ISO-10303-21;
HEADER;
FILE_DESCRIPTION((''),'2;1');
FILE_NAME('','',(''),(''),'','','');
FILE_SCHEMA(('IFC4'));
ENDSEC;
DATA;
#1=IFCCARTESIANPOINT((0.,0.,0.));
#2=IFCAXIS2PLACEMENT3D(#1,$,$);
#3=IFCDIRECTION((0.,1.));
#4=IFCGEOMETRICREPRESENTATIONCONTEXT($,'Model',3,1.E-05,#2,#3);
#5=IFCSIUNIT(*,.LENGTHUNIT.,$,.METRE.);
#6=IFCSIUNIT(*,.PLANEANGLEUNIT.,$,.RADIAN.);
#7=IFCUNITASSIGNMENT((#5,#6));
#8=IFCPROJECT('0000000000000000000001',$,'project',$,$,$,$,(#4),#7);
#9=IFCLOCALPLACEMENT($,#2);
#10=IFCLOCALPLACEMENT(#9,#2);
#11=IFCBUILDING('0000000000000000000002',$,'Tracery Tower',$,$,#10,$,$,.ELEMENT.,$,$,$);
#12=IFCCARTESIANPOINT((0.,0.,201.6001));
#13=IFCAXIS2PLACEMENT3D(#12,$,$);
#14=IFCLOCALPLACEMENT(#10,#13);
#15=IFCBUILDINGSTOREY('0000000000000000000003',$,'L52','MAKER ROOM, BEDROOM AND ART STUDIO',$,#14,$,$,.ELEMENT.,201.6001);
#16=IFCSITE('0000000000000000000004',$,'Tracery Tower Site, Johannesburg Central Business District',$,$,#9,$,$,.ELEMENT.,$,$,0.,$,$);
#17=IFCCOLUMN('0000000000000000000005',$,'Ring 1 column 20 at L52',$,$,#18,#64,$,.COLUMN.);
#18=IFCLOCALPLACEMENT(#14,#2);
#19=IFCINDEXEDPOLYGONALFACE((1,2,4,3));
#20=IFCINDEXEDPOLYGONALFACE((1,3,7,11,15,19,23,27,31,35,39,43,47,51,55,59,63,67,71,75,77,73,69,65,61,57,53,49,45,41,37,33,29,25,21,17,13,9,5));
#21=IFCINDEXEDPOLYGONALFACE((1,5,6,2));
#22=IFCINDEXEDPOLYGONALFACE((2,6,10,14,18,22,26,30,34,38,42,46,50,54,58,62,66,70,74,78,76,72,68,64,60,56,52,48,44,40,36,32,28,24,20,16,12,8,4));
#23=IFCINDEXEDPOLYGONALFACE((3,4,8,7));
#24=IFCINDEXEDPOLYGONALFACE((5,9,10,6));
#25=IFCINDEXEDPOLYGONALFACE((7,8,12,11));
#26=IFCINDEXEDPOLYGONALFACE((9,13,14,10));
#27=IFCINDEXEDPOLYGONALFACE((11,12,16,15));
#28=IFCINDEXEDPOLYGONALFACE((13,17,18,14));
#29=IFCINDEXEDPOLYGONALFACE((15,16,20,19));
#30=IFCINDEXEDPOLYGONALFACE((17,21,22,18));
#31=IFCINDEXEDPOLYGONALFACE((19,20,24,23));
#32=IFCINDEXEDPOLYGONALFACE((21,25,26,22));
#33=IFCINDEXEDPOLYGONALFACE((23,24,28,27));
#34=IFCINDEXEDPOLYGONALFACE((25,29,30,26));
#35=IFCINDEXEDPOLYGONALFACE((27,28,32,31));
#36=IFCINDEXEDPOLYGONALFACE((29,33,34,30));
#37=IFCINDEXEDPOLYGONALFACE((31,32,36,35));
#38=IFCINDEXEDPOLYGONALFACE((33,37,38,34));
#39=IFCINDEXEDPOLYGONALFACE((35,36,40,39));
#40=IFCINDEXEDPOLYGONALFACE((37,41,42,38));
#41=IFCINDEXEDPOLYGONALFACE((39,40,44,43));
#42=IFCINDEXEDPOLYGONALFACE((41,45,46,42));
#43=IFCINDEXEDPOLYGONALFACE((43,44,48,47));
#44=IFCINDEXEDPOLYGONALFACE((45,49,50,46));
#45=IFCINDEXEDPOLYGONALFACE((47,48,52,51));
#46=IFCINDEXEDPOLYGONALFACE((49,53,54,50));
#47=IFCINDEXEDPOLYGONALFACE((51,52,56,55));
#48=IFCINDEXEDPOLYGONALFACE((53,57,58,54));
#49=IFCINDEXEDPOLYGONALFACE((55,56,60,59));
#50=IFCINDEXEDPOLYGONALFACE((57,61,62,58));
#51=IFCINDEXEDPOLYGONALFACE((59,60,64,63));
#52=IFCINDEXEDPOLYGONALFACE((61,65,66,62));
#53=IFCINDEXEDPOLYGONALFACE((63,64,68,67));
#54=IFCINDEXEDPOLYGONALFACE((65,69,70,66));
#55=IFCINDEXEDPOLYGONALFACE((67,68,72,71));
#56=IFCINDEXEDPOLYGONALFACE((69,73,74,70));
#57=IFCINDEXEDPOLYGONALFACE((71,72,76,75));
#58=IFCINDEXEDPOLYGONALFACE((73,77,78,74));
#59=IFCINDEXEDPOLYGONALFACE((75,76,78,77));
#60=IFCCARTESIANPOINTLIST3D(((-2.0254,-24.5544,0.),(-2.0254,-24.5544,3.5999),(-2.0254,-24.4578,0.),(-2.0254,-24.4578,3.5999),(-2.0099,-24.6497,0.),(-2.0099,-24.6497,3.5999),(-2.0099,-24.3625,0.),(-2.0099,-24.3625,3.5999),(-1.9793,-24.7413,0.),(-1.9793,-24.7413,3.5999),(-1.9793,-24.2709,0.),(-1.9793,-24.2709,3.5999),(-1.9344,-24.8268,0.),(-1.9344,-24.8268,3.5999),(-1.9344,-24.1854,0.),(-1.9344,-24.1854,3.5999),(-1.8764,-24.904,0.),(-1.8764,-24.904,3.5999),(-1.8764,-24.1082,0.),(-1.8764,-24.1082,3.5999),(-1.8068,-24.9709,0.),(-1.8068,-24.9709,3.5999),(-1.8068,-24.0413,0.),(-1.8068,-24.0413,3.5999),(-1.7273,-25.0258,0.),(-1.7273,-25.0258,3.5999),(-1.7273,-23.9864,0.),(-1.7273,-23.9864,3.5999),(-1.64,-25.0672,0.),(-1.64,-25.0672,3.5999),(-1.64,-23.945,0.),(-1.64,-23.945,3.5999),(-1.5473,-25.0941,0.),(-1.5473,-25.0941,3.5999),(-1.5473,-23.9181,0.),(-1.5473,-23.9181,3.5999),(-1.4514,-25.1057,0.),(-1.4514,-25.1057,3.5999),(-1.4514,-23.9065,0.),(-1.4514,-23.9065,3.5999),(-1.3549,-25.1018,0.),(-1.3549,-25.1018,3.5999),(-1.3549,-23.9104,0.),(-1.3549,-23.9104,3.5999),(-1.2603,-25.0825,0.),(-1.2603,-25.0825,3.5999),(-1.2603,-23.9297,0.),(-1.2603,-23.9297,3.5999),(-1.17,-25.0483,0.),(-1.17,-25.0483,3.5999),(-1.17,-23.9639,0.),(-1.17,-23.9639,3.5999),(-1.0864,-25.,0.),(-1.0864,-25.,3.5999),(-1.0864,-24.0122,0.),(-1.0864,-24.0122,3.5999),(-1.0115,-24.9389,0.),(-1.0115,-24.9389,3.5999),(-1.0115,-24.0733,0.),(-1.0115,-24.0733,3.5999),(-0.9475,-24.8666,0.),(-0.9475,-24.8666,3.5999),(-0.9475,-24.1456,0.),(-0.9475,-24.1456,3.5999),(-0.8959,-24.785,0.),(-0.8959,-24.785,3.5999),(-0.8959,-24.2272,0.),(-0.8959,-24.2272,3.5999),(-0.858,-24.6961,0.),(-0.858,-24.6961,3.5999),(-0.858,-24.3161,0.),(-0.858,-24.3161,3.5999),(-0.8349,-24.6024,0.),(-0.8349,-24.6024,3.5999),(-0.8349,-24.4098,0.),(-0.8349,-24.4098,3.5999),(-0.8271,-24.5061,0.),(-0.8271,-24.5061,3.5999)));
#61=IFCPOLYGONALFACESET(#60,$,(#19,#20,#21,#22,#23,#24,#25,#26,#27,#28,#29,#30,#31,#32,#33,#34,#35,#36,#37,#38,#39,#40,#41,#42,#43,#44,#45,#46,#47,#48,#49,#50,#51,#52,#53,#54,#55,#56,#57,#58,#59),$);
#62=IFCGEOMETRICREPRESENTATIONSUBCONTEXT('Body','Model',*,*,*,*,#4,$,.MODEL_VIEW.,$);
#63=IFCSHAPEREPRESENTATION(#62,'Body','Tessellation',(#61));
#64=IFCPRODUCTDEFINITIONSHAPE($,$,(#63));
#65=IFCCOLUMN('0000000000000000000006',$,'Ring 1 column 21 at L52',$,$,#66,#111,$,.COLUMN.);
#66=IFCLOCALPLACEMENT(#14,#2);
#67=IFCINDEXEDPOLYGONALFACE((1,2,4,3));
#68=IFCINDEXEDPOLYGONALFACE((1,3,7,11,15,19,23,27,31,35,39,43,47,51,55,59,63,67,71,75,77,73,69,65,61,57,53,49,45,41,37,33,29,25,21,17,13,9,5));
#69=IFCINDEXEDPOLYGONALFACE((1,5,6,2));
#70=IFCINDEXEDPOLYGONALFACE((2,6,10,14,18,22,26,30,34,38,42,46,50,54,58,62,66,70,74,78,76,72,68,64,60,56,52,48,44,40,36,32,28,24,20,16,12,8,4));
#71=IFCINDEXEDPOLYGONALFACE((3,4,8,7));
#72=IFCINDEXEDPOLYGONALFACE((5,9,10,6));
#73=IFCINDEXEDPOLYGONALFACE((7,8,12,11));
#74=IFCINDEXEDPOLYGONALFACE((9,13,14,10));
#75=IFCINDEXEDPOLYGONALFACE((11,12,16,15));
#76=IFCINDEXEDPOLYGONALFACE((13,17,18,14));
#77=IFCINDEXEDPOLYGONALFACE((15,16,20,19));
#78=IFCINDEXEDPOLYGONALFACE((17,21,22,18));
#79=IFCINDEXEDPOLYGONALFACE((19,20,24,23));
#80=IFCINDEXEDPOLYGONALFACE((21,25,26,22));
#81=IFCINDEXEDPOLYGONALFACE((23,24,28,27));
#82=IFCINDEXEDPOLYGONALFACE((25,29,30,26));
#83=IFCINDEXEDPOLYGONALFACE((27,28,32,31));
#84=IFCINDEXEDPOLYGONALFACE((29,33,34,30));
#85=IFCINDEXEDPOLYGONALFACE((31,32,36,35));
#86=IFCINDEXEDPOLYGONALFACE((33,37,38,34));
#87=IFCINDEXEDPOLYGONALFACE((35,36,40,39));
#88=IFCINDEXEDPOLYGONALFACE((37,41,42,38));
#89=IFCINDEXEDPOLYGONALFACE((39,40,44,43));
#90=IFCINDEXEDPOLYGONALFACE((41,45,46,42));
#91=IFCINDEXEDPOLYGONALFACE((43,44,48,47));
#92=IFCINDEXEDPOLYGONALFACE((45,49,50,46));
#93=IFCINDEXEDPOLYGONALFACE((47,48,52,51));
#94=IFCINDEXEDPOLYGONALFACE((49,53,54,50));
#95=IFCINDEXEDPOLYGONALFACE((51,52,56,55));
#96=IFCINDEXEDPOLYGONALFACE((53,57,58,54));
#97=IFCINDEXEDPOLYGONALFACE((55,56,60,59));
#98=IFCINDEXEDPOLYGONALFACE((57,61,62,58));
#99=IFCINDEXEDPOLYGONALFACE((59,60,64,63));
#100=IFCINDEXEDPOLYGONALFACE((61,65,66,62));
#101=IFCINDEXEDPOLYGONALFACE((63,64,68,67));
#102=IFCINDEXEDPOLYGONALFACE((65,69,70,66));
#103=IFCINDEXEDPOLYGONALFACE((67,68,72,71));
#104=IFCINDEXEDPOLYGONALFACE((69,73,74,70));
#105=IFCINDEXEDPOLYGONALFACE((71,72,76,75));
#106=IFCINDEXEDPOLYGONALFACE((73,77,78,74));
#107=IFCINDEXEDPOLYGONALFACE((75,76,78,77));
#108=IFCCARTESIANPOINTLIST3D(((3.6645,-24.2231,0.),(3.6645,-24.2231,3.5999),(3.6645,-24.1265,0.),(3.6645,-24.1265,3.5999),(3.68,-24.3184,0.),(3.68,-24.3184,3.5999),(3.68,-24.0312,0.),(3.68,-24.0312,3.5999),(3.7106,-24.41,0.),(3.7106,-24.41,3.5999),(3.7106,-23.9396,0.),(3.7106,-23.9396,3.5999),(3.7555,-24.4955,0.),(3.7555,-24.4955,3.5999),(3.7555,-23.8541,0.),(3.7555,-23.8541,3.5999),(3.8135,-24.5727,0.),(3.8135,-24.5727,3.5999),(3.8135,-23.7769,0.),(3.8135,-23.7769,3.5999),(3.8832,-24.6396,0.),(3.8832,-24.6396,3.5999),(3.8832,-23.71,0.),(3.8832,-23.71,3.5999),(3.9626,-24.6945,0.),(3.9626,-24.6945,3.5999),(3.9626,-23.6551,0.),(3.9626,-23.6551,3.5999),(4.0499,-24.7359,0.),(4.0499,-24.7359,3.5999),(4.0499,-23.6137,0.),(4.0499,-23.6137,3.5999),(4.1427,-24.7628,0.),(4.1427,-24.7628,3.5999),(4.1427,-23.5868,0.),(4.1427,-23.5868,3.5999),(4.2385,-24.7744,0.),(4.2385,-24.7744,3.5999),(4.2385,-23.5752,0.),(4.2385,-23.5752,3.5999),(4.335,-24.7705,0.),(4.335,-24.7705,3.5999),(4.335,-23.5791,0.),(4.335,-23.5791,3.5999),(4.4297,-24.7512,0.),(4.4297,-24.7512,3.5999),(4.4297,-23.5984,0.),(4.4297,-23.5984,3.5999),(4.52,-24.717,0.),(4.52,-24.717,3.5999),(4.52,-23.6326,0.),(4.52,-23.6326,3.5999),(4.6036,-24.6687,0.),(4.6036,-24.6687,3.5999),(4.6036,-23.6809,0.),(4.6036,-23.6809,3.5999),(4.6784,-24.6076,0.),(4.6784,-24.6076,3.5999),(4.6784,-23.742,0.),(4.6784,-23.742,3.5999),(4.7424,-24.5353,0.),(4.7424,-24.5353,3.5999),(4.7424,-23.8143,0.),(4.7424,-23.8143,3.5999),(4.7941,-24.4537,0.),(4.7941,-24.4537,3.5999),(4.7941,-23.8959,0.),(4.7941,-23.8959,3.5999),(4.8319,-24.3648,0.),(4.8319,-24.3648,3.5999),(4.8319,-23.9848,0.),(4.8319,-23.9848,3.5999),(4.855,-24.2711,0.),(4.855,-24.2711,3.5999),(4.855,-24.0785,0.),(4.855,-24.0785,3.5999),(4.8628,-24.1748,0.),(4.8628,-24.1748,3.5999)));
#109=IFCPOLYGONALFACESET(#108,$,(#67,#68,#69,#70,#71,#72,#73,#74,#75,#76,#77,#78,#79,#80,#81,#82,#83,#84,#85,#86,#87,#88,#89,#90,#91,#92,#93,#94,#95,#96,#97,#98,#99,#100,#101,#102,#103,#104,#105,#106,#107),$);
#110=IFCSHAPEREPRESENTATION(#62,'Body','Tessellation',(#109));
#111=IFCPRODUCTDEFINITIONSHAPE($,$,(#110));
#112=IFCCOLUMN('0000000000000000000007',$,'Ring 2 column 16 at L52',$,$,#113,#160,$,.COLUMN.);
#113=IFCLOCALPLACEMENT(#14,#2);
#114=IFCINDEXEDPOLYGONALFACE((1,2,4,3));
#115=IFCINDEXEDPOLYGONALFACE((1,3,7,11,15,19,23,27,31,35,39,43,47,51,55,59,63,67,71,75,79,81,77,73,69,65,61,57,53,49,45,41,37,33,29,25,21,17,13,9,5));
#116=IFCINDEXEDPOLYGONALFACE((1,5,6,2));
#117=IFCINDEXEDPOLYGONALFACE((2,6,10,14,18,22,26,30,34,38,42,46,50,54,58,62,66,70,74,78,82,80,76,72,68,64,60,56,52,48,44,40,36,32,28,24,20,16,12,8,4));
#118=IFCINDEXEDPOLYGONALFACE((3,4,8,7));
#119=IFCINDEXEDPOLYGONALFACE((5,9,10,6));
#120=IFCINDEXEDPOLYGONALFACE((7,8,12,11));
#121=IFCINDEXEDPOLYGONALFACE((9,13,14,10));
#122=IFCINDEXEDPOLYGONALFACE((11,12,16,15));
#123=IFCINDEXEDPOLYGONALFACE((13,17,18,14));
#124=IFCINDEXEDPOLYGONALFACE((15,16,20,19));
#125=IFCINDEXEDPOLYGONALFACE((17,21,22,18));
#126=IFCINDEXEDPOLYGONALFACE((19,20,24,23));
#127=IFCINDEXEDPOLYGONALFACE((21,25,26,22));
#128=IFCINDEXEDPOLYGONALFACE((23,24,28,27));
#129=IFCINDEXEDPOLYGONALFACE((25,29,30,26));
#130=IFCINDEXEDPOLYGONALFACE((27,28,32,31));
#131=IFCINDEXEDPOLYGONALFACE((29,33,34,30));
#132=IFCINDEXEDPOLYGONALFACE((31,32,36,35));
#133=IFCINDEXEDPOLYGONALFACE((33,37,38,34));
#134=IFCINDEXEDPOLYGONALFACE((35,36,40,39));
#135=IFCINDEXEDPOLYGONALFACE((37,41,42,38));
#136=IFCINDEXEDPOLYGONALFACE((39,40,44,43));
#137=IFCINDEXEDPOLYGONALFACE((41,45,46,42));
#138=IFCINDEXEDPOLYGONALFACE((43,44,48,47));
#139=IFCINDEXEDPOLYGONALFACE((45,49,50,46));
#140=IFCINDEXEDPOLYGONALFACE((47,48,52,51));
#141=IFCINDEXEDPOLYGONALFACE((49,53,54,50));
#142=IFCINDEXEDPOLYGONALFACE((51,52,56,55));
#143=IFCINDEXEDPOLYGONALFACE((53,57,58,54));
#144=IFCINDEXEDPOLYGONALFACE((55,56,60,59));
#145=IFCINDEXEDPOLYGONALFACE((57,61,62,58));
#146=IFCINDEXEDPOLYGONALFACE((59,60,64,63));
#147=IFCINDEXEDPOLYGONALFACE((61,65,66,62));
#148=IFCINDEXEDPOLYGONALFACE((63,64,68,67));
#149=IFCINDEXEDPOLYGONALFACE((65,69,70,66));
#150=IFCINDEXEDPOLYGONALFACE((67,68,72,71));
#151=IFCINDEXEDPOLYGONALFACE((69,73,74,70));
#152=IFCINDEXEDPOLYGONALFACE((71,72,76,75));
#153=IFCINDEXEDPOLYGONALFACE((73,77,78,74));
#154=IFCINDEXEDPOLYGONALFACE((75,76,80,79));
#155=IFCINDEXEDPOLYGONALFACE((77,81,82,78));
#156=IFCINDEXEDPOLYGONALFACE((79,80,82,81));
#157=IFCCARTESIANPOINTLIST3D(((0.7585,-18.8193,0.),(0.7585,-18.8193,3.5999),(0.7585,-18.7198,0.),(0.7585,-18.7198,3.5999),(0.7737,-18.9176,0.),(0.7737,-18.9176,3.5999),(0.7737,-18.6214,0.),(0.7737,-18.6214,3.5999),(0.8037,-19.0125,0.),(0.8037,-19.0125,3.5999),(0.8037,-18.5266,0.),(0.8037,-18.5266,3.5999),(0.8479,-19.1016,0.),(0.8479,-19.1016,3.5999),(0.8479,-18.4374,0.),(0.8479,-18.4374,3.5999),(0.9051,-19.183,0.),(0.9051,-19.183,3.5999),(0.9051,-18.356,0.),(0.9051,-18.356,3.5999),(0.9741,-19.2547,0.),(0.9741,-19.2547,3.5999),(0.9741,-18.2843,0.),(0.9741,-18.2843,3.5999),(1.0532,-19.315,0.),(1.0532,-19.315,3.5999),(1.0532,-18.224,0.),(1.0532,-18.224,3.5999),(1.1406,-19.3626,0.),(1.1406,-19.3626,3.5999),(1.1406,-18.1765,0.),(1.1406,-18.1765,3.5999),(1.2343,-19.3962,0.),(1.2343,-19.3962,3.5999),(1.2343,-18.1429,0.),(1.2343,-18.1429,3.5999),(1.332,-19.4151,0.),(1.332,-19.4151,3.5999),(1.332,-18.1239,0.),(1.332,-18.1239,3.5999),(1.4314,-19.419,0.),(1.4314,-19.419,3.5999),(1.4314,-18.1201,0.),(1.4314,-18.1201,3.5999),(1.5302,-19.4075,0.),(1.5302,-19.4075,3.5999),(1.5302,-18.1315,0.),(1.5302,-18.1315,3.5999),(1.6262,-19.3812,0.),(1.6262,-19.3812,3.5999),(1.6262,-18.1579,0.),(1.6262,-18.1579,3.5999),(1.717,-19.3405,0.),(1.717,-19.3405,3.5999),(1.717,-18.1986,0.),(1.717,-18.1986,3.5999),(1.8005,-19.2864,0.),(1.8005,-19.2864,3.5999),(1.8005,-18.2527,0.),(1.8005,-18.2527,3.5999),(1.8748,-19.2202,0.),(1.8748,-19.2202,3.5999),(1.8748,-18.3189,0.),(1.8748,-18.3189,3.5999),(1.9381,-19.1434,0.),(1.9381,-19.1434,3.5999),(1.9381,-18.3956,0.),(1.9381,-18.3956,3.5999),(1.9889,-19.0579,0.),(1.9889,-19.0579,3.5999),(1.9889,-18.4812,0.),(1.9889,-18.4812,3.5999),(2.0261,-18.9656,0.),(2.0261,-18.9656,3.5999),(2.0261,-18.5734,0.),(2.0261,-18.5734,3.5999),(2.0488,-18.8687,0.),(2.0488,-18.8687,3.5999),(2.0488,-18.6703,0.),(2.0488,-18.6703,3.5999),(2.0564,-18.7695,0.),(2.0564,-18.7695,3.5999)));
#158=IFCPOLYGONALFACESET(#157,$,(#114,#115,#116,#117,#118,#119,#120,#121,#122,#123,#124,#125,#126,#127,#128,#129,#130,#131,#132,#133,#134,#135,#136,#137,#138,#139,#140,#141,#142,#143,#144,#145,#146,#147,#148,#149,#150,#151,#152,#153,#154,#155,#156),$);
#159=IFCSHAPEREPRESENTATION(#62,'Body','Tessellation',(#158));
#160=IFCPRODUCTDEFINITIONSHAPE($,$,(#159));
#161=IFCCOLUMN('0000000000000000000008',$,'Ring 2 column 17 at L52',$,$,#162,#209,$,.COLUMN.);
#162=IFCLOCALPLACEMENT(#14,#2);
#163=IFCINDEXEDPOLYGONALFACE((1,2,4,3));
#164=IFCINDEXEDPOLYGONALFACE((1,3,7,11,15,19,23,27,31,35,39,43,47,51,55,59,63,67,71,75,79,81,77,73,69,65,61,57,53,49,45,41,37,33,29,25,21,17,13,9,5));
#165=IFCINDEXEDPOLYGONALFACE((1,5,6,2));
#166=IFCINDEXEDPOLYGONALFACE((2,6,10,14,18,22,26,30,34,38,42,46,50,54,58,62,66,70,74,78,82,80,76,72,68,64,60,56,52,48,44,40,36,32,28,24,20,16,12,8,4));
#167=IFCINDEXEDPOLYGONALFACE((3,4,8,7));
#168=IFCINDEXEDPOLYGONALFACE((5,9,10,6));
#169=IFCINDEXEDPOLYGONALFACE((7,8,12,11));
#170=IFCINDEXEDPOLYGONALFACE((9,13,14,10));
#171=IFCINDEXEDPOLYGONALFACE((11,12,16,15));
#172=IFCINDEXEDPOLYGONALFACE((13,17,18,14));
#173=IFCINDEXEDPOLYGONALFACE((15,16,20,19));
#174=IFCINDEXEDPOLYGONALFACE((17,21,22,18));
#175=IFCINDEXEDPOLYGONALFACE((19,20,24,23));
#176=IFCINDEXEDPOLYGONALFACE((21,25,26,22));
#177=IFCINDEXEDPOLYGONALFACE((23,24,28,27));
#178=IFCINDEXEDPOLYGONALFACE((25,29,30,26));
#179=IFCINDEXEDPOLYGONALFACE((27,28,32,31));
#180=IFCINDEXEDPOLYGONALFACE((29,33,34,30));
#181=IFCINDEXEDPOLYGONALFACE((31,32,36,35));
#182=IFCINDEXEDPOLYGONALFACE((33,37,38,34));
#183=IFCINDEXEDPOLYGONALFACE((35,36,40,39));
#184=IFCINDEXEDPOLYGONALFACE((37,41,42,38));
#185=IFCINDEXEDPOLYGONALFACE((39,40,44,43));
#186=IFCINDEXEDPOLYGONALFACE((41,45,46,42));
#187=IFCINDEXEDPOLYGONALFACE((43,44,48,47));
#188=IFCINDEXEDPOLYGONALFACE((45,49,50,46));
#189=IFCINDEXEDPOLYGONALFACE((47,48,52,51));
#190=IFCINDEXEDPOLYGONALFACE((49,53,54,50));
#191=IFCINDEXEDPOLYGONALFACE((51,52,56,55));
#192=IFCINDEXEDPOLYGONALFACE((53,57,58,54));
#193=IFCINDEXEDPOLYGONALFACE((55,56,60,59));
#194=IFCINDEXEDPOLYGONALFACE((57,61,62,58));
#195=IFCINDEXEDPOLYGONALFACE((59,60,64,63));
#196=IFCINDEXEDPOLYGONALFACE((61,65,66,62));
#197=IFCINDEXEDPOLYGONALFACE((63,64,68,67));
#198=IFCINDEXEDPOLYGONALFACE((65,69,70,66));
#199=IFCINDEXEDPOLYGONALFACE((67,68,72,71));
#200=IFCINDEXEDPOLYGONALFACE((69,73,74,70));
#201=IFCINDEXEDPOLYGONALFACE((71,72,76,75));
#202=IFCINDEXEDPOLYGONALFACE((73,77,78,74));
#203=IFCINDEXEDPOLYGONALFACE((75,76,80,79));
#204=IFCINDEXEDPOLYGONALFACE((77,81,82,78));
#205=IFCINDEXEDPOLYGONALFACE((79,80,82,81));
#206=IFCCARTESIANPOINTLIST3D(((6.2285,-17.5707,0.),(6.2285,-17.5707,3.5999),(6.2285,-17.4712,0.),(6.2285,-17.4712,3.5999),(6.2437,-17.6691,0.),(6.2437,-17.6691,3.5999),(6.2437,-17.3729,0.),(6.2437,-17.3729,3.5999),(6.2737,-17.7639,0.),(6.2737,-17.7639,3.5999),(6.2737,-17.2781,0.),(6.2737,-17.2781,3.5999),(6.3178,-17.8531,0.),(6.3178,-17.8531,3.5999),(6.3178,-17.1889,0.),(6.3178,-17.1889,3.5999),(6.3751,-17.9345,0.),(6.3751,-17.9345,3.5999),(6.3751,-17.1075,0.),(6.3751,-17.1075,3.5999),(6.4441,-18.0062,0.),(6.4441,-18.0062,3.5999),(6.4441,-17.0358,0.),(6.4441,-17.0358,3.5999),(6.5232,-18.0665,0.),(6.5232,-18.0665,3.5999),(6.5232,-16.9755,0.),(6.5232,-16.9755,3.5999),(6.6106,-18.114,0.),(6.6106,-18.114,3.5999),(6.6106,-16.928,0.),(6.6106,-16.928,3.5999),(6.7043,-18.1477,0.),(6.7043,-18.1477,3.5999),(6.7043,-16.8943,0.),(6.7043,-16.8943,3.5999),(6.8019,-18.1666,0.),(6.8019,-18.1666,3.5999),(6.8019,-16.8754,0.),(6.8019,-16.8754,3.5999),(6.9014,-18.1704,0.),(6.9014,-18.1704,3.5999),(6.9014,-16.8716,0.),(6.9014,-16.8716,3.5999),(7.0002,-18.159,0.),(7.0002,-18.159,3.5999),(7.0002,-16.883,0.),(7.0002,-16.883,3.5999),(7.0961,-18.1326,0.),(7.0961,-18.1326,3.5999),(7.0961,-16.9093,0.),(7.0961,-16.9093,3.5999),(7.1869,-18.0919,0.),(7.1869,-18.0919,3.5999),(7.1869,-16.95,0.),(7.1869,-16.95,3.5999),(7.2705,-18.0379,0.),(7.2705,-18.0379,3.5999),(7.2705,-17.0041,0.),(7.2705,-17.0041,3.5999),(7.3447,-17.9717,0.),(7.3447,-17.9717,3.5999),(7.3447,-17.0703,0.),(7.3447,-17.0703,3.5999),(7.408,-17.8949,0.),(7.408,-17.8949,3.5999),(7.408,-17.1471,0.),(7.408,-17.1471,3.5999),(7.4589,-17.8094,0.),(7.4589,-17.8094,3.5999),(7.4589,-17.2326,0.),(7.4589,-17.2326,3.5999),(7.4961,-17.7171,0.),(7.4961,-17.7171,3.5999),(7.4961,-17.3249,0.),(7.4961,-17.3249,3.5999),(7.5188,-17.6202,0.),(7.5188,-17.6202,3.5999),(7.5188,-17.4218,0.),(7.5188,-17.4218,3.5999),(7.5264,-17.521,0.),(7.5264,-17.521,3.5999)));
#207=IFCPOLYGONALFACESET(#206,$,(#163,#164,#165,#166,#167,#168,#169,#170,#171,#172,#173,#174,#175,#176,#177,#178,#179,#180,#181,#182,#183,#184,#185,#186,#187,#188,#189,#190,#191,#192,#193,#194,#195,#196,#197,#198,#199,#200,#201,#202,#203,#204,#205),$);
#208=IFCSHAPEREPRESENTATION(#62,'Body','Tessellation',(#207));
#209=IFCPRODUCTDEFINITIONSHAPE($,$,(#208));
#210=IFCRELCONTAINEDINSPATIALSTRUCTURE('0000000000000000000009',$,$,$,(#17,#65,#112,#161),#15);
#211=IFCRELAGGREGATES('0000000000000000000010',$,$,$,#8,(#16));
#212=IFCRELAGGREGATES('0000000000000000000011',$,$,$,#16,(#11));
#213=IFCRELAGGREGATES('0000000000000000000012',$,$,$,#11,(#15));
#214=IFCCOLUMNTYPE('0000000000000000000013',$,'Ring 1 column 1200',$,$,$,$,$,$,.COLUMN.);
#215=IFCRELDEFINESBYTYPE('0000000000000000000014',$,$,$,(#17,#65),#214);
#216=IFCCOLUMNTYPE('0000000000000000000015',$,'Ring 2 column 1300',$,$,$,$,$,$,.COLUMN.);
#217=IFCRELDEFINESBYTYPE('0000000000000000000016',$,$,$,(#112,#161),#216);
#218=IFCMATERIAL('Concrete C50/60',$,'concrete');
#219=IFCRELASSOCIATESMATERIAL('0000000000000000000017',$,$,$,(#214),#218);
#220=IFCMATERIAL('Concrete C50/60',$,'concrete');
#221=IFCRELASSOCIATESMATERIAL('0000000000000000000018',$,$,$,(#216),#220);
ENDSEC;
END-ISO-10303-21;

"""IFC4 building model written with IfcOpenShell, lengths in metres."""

from ifc_helpers import new_model, si_unit, direction, frame, origin, origin_2d, place, context, subcontext, project, spatial, circle, extrude, material, material_profile, profile_set, type_object, element, save


model = new_model("IFC4")

# Units and contexts
model_context = context("Model", 3, precision=1e-05, world=origin(), true_north=direction((0.0, 1.0)))
body_context = subcontext(model_context, "Body", "Model", "MODEL_VIEW")
ifc_project = project(units=[si_unit("LENGTHUNIT", "METRE"), si_unit("PLANEANGLEUNIT", "RADIAN")], contexts=[model_context])

# Site, building, storey
site_placement = place(None, origin())
site = spatial("IfcSite", under=ifc_project, at=site_placement, Name="Tracery Tower Site, Johannesburg Central Business District", CompositionType="ELEMENT", RefElevation=0.0)
building_placement = place(site_placement, origin())
building = spatial("IfcBuilding", under=site, at=building_placement, Name="Tracery Tower", CompositionType="ELEMENT")
storey_placement = place(building_placement, frame((0.0, 0.0, 201.6001)))
storey = spatial("IfcBuildingStorey", under=building, at=storey_placement, Name="L52", Description="MAKER ROOM, BEDROOM AND ART STUDIO", CompositionType="ELEMENT", Elevation=201.6001)

# Columns
ifc_material_1 = material(Name="Concrete C50/60", Category="concrete")
ifc_material_profile_1 = material_profile(ifc_material_1, circle(Radius=0.6001, at=origin_2d()), Name="RC D1200")
ifc_profile_set_1 = profile_set([ifc_material_profile_1], Name="Concrete C50/60")
column_type_1 = type_object("IfcColumnType", Name="Ring 1 column 1200", PredefinedType="COLUMN", material=ifc_profile_set_1)
for number, where, z_axis, x_axis, name in (
    (1, (-1.4272, -24.5061, 0.0), (0.0, 0.0, 1.0), (1.0, 0.0, 0.0), "Ring 1 column 20 at L52"),
    (2, (4.2627, -24.1748, 0.0), (0.0, 0.0, 1.0), (1.0, 0.0, 0.0), "Ring 1 column 21 at L52"),
):
    element("IfcColumn", number, at=place(storey_placement, frame(where, z_axis=z_axis, x_axis=x_axis)), inside=storey, type_object=column_type_1, Name=name, PredefinedType="COLUMN", context=body_context, shape_type="SweptSolid", body=[
        extrude(circle(Radius=0.6001, at=origin_2d()), origin(), (0.0, 0.0, 1.0), 3.5999),
    ])
ifc_material_2 = material(Name="Concrete C50/60", Category="concrete")
ifc_material_profile_2 = material_profile(ifc_material_2, circle(Radius=0.6499, at=origin_2d()), Name="RC D1300")
ifc_profile_set_2 = profile_set([ifc_material_profile_2], Name="Concrete C50/60")
column_type_2 = type_object("IfcColumnType", Name="Ring 2 column 1300", PredefinedType="COLUMN", material=ifc_profile_set_2)
for number, where, z_axis, x_axis, name in (
    (3, (1.4065, -18.7695, 0.0), (0.0, 0.0, 1.0), (1.0, 0.0, 0.0), "Ring 2 column 16 at L52"),
    (4, (6.8765, -17.521, 0.0), (0.0, 0.0, 1.0), (1.0, 0.0, 0.0), "Ring 2 column 17 at L52"),
):
    element("IfcColumn", number, at=place(storey_placement, frame(where, z_axis=z_axis, x_axis=x_axis)), inside=storey, type_object=column_type_2, Name=name, PredefinedType="COLUMN", context=body_context, shape_type="SweptSolid", body=[
        extrude(circle(Radius=0.6499, at=origin_2d()), origin(), (0.0, 0.0, 1.0), 3.5999),
    ])

save(model, "model.ifc")
